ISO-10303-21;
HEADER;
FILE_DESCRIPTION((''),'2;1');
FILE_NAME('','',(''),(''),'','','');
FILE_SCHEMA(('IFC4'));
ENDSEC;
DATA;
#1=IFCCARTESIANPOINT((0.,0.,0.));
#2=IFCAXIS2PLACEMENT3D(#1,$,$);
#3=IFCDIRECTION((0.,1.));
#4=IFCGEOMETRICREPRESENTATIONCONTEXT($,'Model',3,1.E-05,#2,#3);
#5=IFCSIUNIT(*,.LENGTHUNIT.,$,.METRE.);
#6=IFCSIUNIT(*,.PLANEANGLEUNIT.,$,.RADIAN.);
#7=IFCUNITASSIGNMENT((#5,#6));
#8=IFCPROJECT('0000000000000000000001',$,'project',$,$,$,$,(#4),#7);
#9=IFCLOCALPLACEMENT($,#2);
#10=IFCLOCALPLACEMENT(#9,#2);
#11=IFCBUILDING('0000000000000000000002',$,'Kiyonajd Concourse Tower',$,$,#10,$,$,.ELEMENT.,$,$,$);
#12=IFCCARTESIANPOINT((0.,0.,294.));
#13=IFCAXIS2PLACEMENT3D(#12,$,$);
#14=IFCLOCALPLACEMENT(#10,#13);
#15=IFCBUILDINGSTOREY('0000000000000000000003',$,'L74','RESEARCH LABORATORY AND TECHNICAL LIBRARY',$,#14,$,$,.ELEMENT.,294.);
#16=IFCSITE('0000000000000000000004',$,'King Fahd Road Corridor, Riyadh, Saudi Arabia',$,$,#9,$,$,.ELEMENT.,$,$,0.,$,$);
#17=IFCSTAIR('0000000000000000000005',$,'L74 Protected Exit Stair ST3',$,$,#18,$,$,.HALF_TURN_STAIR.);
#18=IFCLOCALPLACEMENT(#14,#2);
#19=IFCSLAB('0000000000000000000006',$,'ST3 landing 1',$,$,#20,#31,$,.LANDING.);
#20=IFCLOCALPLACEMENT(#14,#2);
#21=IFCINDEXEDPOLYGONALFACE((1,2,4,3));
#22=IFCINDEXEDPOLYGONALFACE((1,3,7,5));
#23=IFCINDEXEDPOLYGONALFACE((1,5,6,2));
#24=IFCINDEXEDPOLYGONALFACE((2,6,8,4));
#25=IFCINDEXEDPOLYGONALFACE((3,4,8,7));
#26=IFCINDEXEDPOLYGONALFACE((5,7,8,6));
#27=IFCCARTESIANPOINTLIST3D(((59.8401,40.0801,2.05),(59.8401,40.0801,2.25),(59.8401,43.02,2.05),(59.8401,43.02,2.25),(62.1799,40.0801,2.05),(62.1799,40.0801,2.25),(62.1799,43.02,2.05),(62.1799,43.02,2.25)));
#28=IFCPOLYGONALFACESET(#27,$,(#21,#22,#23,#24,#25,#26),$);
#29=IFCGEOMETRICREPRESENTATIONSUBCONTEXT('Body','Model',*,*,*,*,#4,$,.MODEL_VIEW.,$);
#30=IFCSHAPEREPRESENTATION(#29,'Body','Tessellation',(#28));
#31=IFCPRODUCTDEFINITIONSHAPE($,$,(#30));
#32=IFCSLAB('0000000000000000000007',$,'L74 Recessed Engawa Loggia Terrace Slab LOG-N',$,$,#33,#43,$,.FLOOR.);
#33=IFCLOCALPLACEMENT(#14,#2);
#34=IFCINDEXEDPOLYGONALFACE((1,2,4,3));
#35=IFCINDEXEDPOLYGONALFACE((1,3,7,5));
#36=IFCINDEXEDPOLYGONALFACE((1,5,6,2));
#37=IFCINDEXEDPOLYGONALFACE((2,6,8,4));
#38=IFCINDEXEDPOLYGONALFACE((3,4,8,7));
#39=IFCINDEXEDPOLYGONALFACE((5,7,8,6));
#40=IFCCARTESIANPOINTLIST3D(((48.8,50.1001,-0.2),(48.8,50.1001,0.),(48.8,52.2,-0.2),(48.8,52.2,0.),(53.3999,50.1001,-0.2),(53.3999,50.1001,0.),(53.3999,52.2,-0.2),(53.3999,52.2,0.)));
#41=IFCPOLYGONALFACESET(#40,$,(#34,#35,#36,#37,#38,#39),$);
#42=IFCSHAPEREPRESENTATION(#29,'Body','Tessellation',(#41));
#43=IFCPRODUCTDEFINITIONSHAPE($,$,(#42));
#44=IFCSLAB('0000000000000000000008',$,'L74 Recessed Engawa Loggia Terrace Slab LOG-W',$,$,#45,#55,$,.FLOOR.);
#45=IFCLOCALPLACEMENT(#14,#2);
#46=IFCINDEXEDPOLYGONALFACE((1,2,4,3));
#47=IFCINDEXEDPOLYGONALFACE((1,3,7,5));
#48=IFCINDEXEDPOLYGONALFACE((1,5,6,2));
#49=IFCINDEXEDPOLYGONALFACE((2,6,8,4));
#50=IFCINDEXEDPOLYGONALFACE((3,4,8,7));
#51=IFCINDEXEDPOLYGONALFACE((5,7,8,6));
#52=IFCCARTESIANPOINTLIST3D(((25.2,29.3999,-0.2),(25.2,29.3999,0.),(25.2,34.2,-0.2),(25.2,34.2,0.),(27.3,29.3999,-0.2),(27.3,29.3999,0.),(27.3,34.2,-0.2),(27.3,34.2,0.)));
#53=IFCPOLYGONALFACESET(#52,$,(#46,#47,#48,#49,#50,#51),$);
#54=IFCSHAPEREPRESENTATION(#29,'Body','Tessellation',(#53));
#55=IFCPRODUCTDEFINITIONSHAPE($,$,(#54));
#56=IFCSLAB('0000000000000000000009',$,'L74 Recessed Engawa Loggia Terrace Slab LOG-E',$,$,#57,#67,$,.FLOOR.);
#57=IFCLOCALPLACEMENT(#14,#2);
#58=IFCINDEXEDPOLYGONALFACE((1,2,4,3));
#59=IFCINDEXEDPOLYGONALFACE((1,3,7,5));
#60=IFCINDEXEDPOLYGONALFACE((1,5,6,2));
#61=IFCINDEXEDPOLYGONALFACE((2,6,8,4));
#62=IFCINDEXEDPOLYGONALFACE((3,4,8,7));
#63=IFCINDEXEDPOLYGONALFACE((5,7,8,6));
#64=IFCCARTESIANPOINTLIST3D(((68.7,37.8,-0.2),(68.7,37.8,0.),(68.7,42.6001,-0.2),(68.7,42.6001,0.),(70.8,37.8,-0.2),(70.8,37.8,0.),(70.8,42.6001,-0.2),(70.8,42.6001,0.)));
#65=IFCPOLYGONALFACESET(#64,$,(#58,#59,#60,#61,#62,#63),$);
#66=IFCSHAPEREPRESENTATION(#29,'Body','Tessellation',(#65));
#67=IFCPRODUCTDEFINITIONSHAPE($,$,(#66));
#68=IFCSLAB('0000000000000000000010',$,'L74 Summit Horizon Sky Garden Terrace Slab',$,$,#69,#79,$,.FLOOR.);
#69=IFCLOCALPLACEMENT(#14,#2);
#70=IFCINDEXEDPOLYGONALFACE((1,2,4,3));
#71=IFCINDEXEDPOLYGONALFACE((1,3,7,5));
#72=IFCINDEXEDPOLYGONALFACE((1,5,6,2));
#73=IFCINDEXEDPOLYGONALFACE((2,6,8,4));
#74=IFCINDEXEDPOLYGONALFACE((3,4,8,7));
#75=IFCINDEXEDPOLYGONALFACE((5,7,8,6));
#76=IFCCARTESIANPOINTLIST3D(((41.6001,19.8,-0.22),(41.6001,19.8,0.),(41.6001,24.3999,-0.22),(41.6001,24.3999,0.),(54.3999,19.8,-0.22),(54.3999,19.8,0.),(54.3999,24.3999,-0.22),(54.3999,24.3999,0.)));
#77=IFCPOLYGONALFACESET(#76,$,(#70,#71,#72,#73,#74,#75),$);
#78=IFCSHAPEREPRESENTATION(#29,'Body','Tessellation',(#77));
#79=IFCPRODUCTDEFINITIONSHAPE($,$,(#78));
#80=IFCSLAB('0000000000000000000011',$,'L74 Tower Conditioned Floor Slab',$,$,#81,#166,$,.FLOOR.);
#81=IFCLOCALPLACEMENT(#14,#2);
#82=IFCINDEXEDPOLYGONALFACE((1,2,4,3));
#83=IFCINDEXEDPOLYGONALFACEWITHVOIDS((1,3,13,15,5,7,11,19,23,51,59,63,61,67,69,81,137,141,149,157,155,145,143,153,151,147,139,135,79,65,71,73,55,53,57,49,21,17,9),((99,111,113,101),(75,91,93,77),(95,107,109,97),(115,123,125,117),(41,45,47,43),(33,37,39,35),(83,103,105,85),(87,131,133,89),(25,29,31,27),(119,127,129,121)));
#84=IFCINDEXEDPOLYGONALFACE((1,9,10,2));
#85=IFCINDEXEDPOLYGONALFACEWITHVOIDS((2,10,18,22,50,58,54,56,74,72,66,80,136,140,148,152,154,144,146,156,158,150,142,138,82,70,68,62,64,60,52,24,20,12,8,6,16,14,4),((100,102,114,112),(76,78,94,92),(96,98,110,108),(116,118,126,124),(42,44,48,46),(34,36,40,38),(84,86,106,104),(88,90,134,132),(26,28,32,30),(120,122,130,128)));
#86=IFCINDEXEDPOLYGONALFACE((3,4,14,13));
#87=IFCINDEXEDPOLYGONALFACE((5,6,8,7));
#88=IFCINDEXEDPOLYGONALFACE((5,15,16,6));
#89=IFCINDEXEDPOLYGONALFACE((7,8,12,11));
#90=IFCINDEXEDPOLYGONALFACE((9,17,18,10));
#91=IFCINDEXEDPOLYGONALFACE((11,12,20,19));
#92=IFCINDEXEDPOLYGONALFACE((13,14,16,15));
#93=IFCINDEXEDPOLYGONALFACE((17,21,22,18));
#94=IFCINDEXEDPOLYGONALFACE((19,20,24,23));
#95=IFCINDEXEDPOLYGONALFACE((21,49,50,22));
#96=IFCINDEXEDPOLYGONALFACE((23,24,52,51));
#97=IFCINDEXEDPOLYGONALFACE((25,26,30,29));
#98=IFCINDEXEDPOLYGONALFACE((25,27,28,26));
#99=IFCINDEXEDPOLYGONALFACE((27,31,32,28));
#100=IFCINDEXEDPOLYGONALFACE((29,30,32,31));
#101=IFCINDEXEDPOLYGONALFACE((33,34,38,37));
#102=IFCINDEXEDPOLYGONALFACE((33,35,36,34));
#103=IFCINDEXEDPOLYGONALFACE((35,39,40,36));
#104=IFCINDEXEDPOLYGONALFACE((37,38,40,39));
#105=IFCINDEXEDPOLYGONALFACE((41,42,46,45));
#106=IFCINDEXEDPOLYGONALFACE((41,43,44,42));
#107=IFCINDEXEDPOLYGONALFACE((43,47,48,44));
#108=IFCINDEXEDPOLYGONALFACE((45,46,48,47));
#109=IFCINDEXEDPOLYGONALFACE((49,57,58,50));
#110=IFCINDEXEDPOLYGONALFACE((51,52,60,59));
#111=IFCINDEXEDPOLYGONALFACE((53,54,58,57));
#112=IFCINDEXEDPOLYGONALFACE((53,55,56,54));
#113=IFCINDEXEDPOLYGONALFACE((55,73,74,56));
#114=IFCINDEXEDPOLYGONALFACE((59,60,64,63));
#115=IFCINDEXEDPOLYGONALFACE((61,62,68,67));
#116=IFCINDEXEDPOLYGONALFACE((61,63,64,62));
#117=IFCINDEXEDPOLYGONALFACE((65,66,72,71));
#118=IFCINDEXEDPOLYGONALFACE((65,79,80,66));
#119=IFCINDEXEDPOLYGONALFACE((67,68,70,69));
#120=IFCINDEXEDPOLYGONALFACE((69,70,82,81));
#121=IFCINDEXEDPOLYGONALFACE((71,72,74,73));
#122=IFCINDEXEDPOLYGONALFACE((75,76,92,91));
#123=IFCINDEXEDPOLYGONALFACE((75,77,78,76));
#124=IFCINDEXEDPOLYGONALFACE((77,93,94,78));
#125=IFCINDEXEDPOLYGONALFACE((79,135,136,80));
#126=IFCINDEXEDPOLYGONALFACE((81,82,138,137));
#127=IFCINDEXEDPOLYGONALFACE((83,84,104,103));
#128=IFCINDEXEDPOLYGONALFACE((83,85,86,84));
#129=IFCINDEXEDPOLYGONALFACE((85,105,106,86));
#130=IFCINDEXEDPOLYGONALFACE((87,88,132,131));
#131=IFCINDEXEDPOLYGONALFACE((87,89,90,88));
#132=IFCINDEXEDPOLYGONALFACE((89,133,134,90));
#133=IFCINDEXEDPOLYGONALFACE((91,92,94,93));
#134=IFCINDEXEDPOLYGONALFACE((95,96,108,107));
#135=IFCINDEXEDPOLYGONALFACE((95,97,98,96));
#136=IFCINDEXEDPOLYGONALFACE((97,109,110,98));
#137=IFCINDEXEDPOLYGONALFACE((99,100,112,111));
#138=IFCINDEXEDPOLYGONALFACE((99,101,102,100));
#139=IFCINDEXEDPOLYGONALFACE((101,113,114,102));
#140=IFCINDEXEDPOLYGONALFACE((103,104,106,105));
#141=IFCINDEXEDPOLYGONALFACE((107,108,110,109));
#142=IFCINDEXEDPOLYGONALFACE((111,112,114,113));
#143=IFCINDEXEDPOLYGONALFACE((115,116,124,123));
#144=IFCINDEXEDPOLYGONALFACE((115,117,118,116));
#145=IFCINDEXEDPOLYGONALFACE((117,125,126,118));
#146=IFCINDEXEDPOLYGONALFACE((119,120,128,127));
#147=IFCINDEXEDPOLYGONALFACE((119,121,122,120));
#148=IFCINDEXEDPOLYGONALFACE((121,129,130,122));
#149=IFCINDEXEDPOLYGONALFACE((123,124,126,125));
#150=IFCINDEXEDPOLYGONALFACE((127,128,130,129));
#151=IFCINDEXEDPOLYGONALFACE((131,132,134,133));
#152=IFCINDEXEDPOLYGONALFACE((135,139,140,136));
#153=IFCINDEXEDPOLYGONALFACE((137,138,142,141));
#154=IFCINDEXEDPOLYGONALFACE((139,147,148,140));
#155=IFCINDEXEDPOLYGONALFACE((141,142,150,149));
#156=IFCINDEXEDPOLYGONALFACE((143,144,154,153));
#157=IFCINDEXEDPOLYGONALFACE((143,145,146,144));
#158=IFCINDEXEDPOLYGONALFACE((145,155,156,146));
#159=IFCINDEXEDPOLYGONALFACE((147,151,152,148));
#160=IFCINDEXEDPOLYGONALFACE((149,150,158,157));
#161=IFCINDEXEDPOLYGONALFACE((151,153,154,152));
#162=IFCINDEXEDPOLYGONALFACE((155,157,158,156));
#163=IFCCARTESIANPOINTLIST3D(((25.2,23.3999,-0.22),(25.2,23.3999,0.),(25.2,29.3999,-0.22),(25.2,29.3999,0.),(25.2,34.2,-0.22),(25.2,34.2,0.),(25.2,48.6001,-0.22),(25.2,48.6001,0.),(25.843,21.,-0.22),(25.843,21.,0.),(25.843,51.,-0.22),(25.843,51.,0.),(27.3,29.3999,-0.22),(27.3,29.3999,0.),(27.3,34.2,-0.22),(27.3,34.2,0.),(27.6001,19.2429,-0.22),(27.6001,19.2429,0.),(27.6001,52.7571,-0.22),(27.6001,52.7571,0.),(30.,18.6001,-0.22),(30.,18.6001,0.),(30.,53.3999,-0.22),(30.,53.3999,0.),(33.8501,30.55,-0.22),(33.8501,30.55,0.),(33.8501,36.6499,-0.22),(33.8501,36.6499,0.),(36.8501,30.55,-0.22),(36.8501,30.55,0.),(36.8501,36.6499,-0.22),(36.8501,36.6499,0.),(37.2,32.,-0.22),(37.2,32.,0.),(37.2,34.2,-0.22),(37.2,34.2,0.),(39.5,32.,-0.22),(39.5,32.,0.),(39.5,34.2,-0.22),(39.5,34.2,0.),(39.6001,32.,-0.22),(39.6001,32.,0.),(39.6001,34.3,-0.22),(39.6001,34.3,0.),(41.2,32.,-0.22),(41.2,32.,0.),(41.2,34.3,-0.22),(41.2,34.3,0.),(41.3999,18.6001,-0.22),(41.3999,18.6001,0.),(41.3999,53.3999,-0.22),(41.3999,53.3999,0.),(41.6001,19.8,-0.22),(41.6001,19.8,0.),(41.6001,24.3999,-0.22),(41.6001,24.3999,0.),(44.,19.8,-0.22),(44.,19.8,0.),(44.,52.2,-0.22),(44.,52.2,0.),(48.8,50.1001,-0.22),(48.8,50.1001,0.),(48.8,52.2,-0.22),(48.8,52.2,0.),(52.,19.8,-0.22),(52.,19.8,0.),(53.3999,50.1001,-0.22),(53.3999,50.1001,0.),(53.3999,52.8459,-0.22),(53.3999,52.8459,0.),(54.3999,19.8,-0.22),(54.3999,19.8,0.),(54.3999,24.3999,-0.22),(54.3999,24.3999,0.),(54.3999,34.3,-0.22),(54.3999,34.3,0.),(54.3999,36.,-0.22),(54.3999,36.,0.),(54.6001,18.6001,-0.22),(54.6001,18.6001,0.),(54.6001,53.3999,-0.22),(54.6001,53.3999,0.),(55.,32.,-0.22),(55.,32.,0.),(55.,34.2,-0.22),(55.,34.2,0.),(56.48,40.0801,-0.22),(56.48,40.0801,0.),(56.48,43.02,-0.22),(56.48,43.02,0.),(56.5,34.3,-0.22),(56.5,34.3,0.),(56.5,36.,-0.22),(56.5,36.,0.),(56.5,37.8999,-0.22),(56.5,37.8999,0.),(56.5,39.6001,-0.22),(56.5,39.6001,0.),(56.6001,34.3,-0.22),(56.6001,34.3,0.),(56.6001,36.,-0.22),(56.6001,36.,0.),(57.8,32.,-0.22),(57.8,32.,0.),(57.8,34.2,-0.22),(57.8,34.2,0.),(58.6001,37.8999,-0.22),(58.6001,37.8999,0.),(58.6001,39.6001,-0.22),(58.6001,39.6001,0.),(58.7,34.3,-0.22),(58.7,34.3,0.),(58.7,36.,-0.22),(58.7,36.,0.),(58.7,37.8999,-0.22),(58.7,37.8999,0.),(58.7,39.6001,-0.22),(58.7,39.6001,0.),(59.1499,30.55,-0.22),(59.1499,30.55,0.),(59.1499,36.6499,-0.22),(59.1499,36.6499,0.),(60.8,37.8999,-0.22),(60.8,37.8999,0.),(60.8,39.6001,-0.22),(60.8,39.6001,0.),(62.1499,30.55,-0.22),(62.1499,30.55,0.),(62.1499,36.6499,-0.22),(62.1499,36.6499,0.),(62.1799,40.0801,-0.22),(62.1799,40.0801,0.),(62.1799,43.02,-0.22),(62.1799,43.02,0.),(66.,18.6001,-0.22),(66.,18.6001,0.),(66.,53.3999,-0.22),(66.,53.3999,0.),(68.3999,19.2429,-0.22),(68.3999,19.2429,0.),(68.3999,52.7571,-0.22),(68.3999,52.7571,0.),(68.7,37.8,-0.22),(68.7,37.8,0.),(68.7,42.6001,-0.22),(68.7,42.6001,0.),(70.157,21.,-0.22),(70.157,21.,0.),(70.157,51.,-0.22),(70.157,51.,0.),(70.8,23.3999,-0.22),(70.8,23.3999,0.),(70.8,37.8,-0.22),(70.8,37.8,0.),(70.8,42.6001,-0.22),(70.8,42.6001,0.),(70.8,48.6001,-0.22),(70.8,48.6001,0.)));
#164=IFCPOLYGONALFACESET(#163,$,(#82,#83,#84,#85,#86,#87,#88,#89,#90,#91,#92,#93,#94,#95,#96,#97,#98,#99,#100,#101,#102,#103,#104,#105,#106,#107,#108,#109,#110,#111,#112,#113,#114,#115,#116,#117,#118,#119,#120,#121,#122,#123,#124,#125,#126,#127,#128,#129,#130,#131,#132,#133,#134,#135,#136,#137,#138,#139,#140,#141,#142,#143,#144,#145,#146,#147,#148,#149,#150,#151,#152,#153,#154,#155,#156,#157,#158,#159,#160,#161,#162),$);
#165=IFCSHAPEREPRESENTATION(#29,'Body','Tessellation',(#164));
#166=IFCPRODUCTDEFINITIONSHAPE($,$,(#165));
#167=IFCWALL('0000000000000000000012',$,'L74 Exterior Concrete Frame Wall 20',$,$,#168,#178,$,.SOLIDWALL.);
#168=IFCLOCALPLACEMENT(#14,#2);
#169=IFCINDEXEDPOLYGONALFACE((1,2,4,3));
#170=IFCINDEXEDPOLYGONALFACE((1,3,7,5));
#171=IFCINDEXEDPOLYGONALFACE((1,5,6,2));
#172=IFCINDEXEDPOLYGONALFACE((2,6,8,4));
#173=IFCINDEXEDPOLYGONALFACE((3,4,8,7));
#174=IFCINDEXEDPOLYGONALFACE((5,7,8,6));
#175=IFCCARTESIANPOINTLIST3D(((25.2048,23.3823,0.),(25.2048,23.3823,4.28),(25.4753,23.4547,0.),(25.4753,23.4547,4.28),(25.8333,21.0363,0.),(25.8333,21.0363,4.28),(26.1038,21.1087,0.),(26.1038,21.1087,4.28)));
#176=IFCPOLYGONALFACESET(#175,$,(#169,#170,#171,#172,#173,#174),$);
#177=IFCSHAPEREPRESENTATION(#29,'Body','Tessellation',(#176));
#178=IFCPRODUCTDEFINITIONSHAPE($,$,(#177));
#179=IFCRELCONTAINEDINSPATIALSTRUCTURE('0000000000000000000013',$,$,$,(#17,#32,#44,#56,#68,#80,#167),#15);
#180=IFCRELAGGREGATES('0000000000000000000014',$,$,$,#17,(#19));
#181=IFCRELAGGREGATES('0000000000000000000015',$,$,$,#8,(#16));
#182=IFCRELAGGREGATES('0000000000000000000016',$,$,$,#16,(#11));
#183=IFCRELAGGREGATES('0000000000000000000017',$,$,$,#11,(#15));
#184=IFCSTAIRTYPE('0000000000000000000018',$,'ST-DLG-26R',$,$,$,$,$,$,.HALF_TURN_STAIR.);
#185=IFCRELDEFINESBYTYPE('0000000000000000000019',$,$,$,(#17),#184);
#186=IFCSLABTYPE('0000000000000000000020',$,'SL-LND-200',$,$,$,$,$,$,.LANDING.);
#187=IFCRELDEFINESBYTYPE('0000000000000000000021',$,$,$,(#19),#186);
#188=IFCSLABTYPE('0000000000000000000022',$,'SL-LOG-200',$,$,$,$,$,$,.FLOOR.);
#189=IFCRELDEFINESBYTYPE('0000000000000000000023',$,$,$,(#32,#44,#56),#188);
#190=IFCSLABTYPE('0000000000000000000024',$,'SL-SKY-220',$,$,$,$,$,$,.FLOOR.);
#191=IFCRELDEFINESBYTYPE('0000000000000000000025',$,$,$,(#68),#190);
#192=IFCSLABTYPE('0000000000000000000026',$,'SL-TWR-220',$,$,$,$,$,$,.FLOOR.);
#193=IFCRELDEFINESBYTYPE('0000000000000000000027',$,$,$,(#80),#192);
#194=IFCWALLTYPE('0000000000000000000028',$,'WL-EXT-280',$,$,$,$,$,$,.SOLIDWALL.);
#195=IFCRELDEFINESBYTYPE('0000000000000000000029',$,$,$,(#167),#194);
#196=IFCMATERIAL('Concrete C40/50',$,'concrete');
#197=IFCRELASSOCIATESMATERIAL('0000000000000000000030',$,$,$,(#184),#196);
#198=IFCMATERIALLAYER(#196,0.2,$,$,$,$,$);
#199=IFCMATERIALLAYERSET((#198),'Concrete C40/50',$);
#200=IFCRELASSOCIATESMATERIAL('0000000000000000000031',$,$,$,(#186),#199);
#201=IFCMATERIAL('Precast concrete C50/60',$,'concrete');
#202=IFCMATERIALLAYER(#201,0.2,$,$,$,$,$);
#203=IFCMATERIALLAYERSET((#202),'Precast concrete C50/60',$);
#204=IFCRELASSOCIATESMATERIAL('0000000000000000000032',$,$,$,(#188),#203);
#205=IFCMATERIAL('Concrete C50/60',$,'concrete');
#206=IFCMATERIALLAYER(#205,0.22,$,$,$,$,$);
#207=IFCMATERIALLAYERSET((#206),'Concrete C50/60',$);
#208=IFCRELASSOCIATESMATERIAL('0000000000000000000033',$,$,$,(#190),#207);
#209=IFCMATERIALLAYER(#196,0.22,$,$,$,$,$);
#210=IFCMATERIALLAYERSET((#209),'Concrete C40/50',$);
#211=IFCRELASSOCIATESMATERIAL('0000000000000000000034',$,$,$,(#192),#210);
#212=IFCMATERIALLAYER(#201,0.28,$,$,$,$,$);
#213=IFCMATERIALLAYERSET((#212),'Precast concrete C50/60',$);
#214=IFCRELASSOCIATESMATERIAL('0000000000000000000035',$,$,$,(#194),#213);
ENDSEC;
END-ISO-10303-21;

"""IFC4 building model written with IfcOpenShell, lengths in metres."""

from ifc_helpers import new_model, si_unit, direction, frame, frame_2d, origin, place, context, subcontext, project, spatial, polyline, rectangle, outline, extrude, material, layer, layer_set, type_object, element, aggregate, save


model = new_model("IFC4")

# Units and contexts
model_context = context("Model", 3, precision=1e-05, world=origin(), true_north=direction((0.0, 1.0)))
body_context = subcontext(model_context, "Body", "Model", "MODEL_VIEW")
ifc_project = project(units=[si_unit("LENGTHUNIT", "METRE"), si_unit("PLANEANGLEUNIT", "RADIAN")], contexts=[model_context])

# Site, building, storey
site_placement = place(None, origin())
site = spatial("IfcSite", under=ifc_project, at=site_placement, Name="King Fahd Road Corridor, Riyadh, Saudi Arabia", CompositionType="ELEMENT", RefElevation=0.0)
building_placement = place(site_placement, origin())
building = spatial("IfcBuilding", under=site, at=building_placement, Name="Kiyonajd Concourse Tower", CompositionType="ELEMENT")
storey_placement = place(building_placement, frame((0.0, 0.0, 294.0)))
storey = spatial("IfcBuildingStorey", under=building, at=storey_placement, Name="L74", Description="RESEARCH LABORATORY AND TECHNICAL LIBRARY", CompositionType="ELEMENT", Elevation=294.0)

# Stair, slab
ifc_material_1 = material(Name="Concrete C40/50", Category="concrete")
stair_type = type_object("IfcStairType", Name="ST-DLG-26R", PredefinedType="HALF_TURN_STAIR", material=ifc_material_1)
ifc_layer_1 = layer(ifc_material_1, 0.2)
ifc_layer_set_1 = layer_set([ifc_layer_1], Name="Concrete C40/50")
slab_type_1 = type_object("IfcSlabType", Name="SL-LND-200", PredefinedType="LANDING", material=ifc_layer_set_1)
stair_1_placement = place(storey_placement, origin())
stair_1 = element("IfcStair", 1, at=stair_1_placement, inside=storey, type_object=stair_type, Name="L74 Protected Exit Stair ST3", PredefinedType="HALF_TURN_STAIR")
slab_1_placement = place(storey_placement, frame((0.0, 0.0, 2.05)))
slab_1 = element("IfcSlab", 2, at=slab_1_placement, type_object=slab_type_1, Name="ST3 landing 1", PredefinedType="LANDING", context=body_context, shape_type="SweptSolid", body=[
    extrude(outline(polyline([(59.8401, 40.0801), (62.1799, 40.0801), (62.1799, 43.02), (59.8401, 43.02), (59.8401, 40.0801)])), origin(), (0.0, 0.0, 1.0), 0.2),
])
aggregate(stair_1, [slab_1])

# Slabs
ifc_material_2 = material(Name="Precast concrete C50/60", Category="concrete")
ifc_layer_2 = layer(ifc_material_2, 0.2)
ifc_layer_set_2 = layer_set([ifc_layer_2], Name="Precast concrete C50/60")
slab_type_2 = type_object("IfcSlabType", Name="SL-LOG-200", PredefinedType="FLOOR", material=ifc_layer_set_2)
slab_2_placement = place(storey_placement, frame((0.0, 0.0, -0.2)))
element("IfcSlab", 3, at=slab_2_placement, inside=storey, type_object=slab_type_2, Name="L74 Recessed Engawa Loggia Terrace Slab LOG-N", PredefinedType="FLOOR", context=body_context, shape_type="SweptSolid", body=[
    extrude(outline(polyline([(48.8, 50.1001), (53.3999, 50.1001), (53.3999, 52.2), (48.8, 52.2), (48.8, 50.1001)])), origin(), (0.0, 0.0, 1.0), 0.2),
])
slab_3_placement = place(storey_placement, frame((0.0, 0.0, -0.2)))
element("IfcSlab", 4, at=slab_3_placement, inside=storey, type_object=slab_type_2, Name="L74 Recessed Engawa Loggia Terrace Slab LOG-W", PredefinedType="FLOOR", context=body_context, shape_type="SweptSolid", body=[
    extrude(outline(polyline([(25.2, 29.3999), (27.3, 29.3999), (27.3, 34.2), (25.2, 34.2), (25.2, 29.3999)])), origin(), (0.0, 0.0, 1.0), 0.2),
])
slab_4_placement = place(storey_placement, frame((0.0, 0.0, -0.2)))
element("IfcSlab", 5, at=slab_4_placement, inside=storey, type_object=slab_type_2, Name="L74 Recessed Engawa Loggia Terrace Slab LOG-E", PredefinedType="FLOOR", context=body_context, shape_type="SweptSolid", body=[
    extrude(outline(polyline([(68.7, 37.8), (70.8, 37.8), (70.8, 42.6001), (68.7, 42.6001), (68.7, 37.8)])), origin(), (0.0, 0.0, 1.0), 0.2),
])
ifc_material_3 = material(Name="Concrete C50/60", Category="concrete")
ifc_layer_3 = layer(ifc_material_3, 0.22)
ifc_layer_set_3 = layer_set([ifc_layer_3], Name="Concrete C50/60")
slab_type_3 = type_object("IfcSlabType", Name="SL-SKY-220", PredefinedType="FLOOR", material=ifc_layer_set_3)
slab_5_placement = place(storey_placement, frame((0.0, 0.0, -0.22)))
element("IfcSlab", 6, at=slab_5_placement, inside=storey, type_object=slab_type_3, Name="L74 Summit Horizon Sky Garden Terrace Slab", PredefinedType="FLOOR", context=body_context, shape_type="SweptSolid", body=[
    extrude(outline(polyline([(41.6001, 19.8), (54.3999, 19.8), (54.3999, 24.3999), (41.6001, 24.3999), (41.6001, 19.8)])), origin(), (0.0, 0.0, 1.0), 0.22),
])
ifc_layer_4 = layer(ifc_material_1, 0.22)
ifc_layer_set_4 = layer_set([ifc_layer_4], Name="Concrete C40/50")
slab_type_4 = type_object("IfcSlabType", Name="SL-TWR-220", PredefinedType="FLOOR", material=ifc_layer_set_4)
slab_6_placement = place(storey_placement, frame((0.0, 0.0, -0.22)))
element("IfcSlab", 7, at=slab_6_placement, inside=storey, type_object=slab_type_4, Name="L74 Tower Conditioned Floor Slab", PredefinedType="FLOOR", context=body_context, shape_type="SweptSolid", body=[
    extrude(outline(polyline([(70.157, 51.0), (70.8, 48.6001), (70.8, 42.6001), (68.7, 42.6001), (68.7, 37.8), (70.8, 37.8), (70.8, 23.3999), (70.157, 21.0), (68.3999, 19.2429), (66.0, 18.6001), (54.6001, 18.6001), (52.0, 19.8), (54.3999, 19.8), (54.3999, 24.3999), (41.6001, 24.3999), (41.6001, 19.8), (44.0, 19.8), (41.3999, 18.6001), (30.0, 18.6001), (27.6001, 19.2429), (25.843, 21.0), (25.2, 23.3999), (25.2, 29.3999), (27.3, 29.3999), (27.3, 34.2), (25.2, 34.2), (25.2, 48.6001), (25.843, 51.0), (27.6001, 52.7571), (30.0, 53.3999), (41.3999, 53.3999), (44.0, 52.2), (48.8, 52.2), (48.8, 50.1001), (53.3999, 50.1001), (53.3999, 52.8459), (54.6001, 53.3999), (66.0, 53.3999), (68.3999, 52.7571), (70.157, 51.0)]), holes=[polyline([(39.5, 32.0), (37.2, 32.0), (37.2, 34.2), (39.5, 34.2), (39.5, 32.0)]), polyline([(57.8, 32.0), (55.0, 32.0), (55.0, 34.2), (57.8, 34.2), (57.8, 32.0)]), polyline([(41.2, 32.0), (39.6001, 32.0), (39.6001, 34.3), (41.2, 34.3), (41.2, 32.0)]), polyline([(33.8501, 30.55), (33.8501, 36.6499), (36.8501, 36.6499), (36.8501, 30.55), (33.8501, 30.55)]), polyline([(59.1499, 30.55), (59.1499, 36.6499), (62.1499, 36.6499), (62.1499, 30.55), (59.1499, 30.55)]), polyline([(56.5, 34.3), (54.3999, 34.3), (54.3999, 36.0), (56.5, 36.0), (56.5, 34.3)]), polyline([(58.7, 34.3), (56.6001, 34.3), (56.6001, 36.0), (58.7, 36.0), (58.7, 34.3)]), polyline([(58.6001, 37.8999), (56.5, 37.8999), (56.5, 39.6001), (58.6001, 39.6001), (58.6001, 37.8999)]), polyline([(58.7, 37.8999), (58.7, 39.6001), (60.8, 39.6001), (60.8, 37.8999), (58.7, 37.8999)]), polyline([(56.48, 43.02), (62.1799, 43.02), (62.1799, 40.0801), (56.48, 40.0801), (56.48, 43.02)])]), origin(), (0.0, 0.0, 1.0), 0.22),
])

# Wall
ifc_layer_5 = layer(ifc_material_2, 0.28)
ifc_layer_set_5 = layer_set([ifc_layer_5], Name="Precast concrete C50/60")
wall_type = type_object("IfcWallType", Name="WL-EXT-280", PredefinedType="SOLIDWALL", material=ifc_layer_set_5)
wall_1_placement = place(storey_placement, frame((25.9685, 21.0725, 0.0), z_axis=(0.0, 0.0, 1.0), x_axis=(-0.258751, 0.965944, 0.0)))
element("IfcWall", 8, at=wall_1_placement, inside=storey, type_object=wall_type, Name="L74 Exterior Concrete Frame Wall 20", PredefinedType="SOLIDWALL", context=body_context, shape_type="SweptSolid", body=[
    extrude(rectangle(XDim=2.4287, YDim=0.28, at=frame_2d((1.2144, 0.0))), origin(), (0.0, 0.0, 1.0), 4.28),
])

save(model, "model.ifc")
